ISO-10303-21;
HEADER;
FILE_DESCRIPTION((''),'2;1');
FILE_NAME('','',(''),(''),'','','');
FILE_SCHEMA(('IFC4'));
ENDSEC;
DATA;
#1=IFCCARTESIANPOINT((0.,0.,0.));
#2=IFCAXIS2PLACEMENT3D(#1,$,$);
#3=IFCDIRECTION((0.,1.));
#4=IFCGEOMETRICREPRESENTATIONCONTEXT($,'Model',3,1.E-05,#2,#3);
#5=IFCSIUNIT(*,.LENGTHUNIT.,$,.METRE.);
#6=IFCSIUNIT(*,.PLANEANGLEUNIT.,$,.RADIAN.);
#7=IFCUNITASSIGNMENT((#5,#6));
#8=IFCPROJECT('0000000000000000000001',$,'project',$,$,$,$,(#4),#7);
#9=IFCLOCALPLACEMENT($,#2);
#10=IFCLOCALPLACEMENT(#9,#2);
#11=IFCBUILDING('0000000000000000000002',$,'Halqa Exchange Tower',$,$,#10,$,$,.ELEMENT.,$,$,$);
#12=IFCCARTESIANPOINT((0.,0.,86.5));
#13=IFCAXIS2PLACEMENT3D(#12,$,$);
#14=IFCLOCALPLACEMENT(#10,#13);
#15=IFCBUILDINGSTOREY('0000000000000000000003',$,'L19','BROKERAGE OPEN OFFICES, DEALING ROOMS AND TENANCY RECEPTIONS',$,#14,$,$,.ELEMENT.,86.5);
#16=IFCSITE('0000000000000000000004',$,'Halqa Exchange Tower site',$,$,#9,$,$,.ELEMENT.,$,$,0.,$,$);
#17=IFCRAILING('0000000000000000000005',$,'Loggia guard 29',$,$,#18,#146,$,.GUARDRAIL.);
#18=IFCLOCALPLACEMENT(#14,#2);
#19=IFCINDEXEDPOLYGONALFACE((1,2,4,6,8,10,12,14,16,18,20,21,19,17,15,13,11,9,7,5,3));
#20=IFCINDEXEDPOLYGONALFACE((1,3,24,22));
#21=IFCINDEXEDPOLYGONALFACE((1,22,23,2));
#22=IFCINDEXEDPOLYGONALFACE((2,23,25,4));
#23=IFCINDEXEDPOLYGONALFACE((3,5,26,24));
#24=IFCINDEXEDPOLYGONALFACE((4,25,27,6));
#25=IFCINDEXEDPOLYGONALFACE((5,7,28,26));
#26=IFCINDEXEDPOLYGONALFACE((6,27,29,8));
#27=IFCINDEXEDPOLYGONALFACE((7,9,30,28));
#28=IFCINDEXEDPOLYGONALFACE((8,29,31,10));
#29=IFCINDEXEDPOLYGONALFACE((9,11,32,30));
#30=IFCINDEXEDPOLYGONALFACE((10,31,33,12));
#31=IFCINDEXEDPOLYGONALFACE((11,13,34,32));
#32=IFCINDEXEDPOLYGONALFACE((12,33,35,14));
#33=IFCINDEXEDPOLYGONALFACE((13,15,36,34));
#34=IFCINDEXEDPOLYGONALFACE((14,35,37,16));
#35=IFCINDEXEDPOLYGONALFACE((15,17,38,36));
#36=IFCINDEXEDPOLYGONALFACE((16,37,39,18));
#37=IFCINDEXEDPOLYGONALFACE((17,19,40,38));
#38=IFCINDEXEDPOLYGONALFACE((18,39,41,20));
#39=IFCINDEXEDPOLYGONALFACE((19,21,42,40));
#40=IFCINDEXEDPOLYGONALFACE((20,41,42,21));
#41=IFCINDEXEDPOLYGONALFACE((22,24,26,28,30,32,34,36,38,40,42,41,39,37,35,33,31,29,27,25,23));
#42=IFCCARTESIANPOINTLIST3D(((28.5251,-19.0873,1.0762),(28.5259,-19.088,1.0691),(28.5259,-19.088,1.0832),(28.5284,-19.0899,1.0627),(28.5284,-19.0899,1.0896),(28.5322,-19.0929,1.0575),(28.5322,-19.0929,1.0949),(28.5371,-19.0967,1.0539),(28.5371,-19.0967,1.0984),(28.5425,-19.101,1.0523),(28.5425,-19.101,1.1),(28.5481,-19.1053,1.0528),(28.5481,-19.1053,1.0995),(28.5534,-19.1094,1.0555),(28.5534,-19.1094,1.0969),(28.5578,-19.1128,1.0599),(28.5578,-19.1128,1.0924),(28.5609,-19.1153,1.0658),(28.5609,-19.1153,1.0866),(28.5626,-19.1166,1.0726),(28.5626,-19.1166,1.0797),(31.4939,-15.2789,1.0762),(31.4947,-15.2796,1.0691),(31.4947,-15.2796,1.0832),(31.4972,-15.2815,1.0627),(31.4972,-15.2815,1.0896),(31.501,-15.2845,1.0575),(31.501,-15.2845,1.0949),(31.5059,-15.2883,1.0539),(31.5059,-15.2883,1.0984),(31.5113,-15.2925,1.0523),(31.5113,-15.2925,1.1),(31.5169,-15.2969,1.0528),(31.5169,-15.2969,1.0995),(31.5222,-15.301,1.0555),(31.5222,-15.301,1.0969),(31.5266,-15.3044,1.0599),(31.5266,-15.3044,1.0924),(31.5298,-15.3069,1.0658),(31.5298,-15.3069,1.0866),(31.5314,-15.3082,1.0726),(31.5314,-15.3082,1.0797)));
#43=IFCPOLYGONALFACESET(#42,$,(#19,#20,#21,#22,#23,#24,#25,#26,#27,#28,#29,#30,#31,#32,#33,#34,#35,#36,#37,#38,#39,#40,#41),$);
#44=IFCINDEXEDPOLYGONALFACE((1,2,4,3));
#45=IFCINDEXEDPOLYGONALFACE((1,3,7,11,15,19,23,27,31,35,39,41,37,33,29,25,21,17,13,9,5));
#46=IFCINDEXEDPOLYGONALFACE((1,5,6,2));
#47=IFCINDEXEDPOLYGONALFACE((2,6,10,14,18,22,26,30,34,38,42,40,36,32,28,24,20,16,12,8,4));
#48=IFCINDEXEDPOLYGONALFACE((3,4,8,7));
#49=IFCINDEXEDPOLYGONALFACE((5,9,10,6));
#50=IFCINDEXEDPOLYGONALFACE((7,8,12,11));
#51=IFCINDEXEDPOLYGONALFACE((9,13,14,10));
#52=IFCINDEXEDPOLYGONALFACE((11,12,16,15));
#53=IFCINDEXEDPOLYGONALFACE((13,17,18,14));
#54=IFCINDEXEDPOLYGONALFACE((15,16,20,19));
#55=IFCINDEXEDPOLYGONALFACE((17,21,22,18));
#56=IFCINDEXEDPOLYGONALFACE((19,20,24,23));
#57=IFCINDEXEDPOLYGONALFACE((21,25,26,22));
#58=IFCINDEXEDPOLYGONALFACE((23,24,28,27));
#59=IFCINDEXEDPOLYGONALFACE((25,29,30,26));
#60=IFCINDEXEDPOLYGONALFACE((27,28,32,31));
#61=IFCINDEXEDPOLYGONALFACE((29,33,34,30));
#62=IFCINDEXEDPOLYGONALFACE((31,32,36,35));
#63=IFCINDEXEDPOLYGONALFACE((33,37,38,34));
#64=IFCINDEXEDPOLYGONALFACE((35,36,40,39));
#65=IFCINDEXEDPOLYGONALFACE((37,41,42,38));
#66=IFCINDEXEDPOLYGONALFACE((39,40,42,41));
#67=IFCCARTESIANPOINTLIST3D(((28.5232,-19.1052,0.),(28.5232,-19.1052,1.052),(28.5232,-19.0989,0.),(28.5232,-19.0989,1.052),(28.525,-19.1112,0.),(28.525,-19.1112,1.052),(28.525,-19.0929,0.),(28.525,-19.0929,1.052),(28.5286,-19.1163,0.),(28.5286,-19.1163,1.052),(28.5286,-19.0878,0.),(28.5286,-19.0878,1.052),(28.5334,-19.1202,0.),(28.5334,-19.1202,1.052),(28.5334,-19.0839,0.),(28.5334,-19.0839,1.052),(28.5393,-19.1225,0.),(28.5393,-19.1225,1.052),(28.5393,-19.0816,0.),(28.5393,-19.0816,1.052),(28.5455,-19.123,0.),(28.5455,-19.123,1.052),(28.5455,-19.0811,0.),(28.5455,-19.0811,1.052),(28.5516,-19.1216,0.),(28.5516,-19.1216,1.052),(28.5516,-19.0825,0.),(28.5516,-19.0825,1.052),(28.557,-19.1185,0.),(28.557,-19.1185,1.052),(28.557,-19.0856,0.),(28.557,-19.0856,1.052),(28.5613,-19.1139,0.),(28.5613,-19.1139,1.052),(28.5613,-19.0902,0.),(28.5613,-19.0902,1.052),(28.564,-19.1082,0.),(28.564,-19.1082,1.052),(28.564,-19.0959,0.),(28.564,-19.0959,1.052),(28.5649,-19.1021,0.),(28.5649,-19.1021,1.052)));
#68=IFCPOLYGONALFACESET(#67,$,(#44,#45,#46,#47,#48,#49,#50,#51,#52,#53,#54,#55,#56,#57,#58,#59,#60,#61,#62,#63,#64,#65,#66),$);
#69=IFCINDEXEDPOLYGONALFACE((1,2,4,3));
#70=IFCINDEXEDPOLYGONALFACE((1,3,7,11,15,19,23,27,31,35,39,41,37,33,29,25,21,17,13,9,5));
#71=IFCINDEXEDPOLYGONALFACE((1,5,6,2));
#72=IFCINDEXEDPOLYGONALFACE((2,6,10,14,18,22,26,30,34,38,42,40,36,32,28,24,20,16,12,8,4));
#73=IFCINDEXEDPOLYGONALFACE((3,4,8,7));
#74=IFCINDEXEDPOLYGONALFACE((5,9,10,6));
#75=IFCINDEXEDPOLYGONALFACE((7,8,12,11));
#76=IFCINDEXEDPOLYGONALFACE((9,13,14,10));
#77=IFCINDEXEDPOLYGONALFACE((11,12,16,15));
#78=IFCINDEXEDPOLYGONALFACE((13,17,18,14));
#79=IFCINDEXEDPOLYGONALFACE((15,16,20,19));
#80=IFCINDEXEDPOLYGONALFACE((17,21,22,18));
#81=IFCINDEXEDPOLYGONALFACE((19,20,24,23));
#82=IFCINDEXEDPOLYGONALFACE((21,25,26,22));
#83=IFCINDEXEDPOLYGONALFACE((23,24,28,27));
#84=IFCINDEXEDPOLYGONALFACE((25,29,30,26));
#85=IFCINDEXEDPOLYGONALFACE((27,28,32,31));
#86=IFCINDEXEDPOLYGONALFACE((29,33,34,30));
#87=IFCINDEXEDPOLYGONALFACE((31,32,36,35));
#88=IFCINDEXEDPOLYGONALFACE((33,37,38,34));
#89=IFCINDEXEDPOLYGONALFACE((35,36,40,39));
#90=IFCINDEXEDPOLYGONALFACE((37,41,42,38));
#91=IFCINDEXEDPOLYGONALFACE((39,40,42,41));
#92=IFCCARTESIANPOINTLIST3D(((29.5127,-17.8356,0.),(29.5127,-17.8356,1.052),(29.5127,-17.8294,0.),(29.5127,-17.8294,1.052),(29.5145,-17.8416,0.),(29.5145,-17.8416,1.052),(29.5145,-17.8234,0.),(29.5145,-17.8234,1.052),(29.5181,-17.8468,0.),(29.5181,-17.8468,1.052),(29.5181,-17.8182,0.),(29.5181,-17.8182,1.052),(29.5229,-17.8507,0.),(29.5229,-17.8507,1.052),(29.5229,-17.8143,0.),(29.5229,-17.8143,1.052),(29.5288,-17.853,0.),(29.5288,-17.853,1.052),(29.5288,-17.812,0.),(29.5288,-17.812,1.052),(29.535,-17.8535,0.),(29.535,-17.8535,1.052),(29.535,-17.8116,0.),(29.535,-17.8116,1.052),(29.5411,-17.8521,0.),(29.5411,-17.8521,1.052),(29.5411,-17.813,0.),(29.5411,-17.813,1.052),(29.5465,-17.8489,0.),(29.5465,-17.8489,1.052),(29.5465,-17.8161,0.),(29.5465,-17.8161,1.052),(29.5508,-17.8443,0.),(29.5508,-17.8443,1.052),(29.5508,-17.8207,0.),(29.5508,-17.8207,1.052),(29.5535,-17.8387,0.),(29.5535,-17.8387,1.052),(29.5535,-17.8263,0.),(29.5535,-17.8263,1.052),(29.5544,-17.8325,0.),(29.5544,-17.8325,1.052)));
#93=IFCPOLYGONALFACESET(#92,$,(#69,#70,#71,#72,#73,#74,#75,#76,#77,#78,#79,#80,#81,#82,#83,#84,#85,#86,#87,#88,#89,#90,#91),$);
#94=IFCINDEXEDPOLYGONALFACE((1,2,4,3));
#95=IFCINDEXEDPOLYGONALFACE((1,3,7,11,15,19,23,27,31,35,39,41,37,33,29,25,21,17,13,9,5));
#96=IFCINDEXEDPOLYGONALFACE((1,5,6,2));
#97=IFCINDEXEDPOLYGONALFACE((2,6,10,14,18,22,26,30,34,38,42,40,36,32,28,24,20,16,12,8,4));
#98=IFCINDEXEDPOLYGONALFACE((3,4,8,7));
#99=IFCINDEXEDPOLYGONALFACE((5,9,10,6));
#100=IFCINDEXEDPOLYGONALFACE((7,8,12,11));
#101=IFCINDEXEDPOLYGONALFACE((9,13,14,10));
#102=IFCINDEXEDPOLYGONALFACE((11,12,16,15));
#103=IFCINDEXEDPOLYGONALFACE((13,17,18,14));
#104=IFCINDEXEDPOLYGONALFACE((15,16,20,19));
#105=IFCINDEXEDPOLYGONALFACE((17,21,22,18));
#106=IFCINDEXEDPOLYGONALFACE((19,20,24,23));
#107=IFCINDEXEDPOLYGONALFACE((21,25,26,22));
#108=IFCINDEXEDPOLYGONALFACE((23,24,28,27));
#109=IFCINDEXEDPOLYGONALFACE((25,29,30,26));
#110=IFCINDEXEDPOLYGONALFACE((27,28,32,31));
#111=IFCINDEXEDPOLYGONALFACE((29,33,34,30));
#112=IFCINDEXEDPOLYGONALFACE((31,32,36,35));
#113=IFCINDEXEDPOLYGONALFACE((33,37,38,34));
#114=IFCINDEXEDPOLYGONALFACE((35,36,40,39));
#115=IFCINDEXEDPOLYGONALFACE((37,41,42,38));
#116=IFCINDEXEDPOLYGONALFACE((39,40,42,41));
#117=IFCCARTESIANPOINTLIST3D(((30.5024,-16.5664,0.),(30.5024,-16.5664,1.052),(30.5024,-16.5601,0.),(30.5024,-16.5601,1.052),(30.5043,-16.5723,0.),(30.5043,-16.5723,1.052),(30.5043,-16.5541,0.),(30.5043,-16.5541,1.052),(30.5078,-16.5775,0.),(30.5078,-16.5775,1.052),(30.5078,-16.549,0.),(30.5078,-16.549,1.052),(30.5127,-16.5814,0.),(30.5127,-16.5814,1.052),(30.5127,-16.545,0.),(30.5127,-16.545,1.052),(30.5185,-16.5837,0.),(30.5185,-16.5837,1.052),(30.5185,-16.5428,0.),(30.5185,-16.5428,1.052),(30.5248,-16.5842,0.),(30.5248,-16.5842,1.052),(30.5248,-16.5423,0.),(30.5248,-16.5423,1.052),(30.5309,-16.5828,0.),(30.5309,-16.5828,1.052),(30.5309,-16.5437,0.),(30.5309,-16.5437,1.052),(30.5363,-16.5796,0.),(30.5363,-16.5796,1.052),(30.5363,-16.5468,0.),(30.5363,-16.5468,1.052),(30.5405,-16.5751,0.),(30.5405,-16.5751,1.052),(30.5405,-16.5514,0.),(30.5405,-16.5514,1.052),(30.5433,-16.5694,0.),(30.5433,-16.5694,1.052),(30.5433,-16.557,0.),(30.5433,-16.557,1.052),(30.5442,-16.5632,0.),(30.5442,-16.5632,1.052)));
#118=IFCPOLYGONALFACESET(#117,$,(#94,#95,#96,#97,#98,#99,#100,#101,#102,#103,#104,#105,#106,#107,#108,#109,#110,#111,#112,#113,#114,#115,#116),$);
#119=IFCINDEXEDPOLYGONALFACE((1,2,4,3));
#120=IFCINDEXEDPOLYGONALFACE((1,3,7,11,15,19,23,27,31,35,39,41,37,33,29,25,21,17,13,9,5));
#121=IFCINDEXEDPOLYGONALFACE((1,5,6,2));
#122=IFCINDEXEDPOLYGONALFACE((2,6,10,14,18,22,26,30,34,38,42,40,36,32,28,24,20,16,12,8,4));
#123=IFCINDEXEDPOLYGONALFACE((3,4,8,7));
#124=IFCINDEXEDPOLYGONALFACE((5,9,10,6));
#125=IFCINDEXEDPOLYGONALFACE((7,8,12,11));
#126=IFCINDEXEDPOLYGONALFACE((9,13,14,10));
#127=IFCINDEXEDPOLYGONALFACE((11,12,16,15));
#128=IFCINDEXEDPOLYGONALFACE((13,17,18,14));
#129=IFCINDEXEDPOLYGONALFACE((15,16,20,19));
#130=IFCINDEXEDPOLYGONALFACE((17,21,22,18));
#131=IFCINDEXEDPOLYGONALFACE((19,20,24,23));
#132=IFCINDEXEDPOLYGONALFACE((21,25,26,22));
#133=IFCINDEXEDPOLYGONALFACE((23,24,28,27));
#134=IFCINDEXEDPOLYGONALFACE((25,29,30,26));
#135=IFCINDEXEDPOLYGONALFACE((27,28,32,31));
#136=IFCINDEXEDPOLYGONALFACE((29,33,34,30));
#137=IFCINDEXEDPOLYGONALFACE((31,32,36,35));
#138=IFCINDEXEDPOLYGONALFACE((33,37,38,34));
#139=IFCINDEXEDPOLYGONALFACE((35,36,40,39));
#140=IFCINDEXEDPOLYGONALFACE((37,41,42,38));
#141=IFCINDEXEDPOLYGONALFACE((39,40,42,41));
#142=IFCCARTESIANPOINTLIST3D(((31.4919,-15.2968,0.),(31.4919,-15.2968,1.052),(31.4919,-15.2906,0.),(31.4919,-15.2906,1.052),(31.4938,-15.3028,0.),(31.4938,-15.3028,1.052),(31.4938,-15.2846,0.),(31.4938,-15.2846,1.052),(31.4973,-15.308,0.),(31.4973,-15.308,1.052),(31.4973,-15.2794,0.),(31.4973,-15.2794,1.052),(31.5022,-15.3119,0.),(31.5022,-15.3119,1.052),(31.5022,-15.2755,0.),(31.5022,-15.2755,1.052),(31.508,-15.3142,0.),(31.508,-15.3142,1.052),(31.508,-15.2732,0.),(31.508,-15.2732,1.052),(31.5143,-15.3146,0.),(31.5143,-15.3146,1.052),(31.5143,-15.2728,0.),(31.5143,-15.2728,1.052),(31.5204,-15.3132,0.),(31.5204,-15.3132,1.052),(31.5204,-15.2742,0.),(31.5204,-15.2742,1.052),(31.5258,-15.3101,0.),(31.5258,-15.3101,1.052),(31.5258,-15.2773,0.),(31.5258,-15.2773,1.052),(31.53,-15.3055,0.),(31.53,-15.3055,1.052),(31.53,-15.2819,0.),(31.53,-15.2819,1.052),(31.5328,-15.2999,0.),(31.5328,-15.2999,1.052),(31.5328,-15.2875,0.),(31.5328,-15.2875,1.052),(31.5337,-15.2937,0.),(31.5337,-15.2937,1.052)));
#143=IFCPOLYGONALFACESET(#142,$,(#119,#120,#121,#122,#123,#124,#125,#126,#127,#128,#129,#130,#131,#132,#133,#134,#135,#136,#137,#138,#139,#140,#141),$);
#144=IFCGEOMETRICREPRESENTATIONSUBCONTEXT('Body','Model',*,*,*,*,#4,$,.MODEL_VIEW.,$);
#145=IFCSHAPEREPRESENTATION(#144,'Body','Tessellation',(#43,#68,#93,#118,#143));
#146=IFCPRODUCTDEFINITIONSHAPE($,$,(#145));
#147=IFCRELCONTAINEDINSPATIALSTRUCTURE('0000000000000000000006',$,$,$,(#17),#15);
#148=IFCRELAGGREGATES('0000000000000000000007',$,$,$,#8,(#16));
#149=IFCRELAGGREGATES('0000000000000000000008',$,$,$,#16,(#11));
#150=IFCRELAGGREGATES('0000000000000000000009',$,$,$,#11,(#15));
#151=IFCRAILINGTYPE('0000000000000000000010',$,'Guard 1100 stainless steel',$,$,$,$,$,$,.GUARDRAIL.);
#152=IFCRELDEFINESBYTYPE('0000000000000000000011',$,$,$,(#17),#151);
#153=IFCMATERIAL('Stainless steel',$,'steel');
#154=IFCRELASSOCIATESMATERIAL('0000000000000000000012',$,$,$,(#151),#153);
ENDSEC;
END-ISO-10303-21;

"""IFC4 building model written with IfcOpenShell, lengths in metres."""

from ifc_helpers import new_model, si_unit, direction, frame, origin, origin_2d, place, context, subcontext, project, spatial, circle, extrude, material, type_object, element, save


model = new_model("IFC4")

# Units and contexts
model_context = context("Model", 3, precision=1e-05, world=origin(), true_north=direction((0.0, 1.0)))
body_context = subcontext(model_context, "Body", "Model", "MODEL_VIEW")
ifc_project = project(units=[si_unit("LENGTHUNIT", "METRE"), si_unit("PLANEANGLEUNIT", "RADIAN")], contexts=[model_context])

# Site, building, storey
site_placement = place(None, origin())
site = spatial("IfcSite", under=ifc_project, at=site_placement, Name="Halqa Exchange Tower site", CompositionType="ELEMENT", RefElevation=0.0)
building_placement = place(site_placement, origin())
building = spatial("IfcBuilding", under=site, at=building_placement, Name="Halqa Exchange Tower", CompositionType="ELEMENT")
storey_placement = place(building_placement, frame((0.0, 0.0, 86.5)))
storey = spatial("IfcBuildingStorey", under=building, at=storey_placement, Name="L19", Description="BROKERAGE OPEN OFFICES, DEALING ROOMS AND TENANCY RECEPTIONS", CompositionType="ELEMENT", Elevation=86.5)

# Railing
ifc_material_1 = material(Name="Stainless steel", Category="steel")
railing_type = type_object("IfcRailingType", Name="Guard 1100 stainless steel", PredefinedType="GUARDRAIL", material=ifc_material_1)
railing_1_placement = place(storey_placement, frame((28.5439, -19.1021, 0.0)))
element("IfcRailing", 1, at=railing_1_placement, inside=storey, type_object=railing_type, Name="Loggia guard 29", PredefinedType="GUARDRAIL", context=body_context, shape_type="SweptSolid", body=[
    extrude(circle(Radius=0.0239, at=origin_2d()), frame((0.0, 0.0, 1.0762), z_axis=(0.614805, 0.788679, 0.0), x_axis=(-0.788679, 0.614805, 0.0)), (0.0, 0.0, 1.0), 4.8289),
    extrude(circle(Radius=0.021, at=origin_2d()), origin(), (0.0, 0.0, 1.0), 1.052),
    extrude(circle(Radius=0.021, at=origin_2d()), frame((0.9895, 1.2695, 0.0)), (0.0, 0.0, 1.0), 1.052),
    extrude(circle(Radius=0.021, at=origin_2d()), frame((1.9792, 2.5388, 0.0)), (0.0, 0.0, 1.0), 1.052),
    extrude(circle(Radius=0.021, at=origin_2d()), frame((2.9688, 3.8083, 0.0)), (0.0, 0.0, 1.0), 1.052),
])

save(model, "model.ifc")
